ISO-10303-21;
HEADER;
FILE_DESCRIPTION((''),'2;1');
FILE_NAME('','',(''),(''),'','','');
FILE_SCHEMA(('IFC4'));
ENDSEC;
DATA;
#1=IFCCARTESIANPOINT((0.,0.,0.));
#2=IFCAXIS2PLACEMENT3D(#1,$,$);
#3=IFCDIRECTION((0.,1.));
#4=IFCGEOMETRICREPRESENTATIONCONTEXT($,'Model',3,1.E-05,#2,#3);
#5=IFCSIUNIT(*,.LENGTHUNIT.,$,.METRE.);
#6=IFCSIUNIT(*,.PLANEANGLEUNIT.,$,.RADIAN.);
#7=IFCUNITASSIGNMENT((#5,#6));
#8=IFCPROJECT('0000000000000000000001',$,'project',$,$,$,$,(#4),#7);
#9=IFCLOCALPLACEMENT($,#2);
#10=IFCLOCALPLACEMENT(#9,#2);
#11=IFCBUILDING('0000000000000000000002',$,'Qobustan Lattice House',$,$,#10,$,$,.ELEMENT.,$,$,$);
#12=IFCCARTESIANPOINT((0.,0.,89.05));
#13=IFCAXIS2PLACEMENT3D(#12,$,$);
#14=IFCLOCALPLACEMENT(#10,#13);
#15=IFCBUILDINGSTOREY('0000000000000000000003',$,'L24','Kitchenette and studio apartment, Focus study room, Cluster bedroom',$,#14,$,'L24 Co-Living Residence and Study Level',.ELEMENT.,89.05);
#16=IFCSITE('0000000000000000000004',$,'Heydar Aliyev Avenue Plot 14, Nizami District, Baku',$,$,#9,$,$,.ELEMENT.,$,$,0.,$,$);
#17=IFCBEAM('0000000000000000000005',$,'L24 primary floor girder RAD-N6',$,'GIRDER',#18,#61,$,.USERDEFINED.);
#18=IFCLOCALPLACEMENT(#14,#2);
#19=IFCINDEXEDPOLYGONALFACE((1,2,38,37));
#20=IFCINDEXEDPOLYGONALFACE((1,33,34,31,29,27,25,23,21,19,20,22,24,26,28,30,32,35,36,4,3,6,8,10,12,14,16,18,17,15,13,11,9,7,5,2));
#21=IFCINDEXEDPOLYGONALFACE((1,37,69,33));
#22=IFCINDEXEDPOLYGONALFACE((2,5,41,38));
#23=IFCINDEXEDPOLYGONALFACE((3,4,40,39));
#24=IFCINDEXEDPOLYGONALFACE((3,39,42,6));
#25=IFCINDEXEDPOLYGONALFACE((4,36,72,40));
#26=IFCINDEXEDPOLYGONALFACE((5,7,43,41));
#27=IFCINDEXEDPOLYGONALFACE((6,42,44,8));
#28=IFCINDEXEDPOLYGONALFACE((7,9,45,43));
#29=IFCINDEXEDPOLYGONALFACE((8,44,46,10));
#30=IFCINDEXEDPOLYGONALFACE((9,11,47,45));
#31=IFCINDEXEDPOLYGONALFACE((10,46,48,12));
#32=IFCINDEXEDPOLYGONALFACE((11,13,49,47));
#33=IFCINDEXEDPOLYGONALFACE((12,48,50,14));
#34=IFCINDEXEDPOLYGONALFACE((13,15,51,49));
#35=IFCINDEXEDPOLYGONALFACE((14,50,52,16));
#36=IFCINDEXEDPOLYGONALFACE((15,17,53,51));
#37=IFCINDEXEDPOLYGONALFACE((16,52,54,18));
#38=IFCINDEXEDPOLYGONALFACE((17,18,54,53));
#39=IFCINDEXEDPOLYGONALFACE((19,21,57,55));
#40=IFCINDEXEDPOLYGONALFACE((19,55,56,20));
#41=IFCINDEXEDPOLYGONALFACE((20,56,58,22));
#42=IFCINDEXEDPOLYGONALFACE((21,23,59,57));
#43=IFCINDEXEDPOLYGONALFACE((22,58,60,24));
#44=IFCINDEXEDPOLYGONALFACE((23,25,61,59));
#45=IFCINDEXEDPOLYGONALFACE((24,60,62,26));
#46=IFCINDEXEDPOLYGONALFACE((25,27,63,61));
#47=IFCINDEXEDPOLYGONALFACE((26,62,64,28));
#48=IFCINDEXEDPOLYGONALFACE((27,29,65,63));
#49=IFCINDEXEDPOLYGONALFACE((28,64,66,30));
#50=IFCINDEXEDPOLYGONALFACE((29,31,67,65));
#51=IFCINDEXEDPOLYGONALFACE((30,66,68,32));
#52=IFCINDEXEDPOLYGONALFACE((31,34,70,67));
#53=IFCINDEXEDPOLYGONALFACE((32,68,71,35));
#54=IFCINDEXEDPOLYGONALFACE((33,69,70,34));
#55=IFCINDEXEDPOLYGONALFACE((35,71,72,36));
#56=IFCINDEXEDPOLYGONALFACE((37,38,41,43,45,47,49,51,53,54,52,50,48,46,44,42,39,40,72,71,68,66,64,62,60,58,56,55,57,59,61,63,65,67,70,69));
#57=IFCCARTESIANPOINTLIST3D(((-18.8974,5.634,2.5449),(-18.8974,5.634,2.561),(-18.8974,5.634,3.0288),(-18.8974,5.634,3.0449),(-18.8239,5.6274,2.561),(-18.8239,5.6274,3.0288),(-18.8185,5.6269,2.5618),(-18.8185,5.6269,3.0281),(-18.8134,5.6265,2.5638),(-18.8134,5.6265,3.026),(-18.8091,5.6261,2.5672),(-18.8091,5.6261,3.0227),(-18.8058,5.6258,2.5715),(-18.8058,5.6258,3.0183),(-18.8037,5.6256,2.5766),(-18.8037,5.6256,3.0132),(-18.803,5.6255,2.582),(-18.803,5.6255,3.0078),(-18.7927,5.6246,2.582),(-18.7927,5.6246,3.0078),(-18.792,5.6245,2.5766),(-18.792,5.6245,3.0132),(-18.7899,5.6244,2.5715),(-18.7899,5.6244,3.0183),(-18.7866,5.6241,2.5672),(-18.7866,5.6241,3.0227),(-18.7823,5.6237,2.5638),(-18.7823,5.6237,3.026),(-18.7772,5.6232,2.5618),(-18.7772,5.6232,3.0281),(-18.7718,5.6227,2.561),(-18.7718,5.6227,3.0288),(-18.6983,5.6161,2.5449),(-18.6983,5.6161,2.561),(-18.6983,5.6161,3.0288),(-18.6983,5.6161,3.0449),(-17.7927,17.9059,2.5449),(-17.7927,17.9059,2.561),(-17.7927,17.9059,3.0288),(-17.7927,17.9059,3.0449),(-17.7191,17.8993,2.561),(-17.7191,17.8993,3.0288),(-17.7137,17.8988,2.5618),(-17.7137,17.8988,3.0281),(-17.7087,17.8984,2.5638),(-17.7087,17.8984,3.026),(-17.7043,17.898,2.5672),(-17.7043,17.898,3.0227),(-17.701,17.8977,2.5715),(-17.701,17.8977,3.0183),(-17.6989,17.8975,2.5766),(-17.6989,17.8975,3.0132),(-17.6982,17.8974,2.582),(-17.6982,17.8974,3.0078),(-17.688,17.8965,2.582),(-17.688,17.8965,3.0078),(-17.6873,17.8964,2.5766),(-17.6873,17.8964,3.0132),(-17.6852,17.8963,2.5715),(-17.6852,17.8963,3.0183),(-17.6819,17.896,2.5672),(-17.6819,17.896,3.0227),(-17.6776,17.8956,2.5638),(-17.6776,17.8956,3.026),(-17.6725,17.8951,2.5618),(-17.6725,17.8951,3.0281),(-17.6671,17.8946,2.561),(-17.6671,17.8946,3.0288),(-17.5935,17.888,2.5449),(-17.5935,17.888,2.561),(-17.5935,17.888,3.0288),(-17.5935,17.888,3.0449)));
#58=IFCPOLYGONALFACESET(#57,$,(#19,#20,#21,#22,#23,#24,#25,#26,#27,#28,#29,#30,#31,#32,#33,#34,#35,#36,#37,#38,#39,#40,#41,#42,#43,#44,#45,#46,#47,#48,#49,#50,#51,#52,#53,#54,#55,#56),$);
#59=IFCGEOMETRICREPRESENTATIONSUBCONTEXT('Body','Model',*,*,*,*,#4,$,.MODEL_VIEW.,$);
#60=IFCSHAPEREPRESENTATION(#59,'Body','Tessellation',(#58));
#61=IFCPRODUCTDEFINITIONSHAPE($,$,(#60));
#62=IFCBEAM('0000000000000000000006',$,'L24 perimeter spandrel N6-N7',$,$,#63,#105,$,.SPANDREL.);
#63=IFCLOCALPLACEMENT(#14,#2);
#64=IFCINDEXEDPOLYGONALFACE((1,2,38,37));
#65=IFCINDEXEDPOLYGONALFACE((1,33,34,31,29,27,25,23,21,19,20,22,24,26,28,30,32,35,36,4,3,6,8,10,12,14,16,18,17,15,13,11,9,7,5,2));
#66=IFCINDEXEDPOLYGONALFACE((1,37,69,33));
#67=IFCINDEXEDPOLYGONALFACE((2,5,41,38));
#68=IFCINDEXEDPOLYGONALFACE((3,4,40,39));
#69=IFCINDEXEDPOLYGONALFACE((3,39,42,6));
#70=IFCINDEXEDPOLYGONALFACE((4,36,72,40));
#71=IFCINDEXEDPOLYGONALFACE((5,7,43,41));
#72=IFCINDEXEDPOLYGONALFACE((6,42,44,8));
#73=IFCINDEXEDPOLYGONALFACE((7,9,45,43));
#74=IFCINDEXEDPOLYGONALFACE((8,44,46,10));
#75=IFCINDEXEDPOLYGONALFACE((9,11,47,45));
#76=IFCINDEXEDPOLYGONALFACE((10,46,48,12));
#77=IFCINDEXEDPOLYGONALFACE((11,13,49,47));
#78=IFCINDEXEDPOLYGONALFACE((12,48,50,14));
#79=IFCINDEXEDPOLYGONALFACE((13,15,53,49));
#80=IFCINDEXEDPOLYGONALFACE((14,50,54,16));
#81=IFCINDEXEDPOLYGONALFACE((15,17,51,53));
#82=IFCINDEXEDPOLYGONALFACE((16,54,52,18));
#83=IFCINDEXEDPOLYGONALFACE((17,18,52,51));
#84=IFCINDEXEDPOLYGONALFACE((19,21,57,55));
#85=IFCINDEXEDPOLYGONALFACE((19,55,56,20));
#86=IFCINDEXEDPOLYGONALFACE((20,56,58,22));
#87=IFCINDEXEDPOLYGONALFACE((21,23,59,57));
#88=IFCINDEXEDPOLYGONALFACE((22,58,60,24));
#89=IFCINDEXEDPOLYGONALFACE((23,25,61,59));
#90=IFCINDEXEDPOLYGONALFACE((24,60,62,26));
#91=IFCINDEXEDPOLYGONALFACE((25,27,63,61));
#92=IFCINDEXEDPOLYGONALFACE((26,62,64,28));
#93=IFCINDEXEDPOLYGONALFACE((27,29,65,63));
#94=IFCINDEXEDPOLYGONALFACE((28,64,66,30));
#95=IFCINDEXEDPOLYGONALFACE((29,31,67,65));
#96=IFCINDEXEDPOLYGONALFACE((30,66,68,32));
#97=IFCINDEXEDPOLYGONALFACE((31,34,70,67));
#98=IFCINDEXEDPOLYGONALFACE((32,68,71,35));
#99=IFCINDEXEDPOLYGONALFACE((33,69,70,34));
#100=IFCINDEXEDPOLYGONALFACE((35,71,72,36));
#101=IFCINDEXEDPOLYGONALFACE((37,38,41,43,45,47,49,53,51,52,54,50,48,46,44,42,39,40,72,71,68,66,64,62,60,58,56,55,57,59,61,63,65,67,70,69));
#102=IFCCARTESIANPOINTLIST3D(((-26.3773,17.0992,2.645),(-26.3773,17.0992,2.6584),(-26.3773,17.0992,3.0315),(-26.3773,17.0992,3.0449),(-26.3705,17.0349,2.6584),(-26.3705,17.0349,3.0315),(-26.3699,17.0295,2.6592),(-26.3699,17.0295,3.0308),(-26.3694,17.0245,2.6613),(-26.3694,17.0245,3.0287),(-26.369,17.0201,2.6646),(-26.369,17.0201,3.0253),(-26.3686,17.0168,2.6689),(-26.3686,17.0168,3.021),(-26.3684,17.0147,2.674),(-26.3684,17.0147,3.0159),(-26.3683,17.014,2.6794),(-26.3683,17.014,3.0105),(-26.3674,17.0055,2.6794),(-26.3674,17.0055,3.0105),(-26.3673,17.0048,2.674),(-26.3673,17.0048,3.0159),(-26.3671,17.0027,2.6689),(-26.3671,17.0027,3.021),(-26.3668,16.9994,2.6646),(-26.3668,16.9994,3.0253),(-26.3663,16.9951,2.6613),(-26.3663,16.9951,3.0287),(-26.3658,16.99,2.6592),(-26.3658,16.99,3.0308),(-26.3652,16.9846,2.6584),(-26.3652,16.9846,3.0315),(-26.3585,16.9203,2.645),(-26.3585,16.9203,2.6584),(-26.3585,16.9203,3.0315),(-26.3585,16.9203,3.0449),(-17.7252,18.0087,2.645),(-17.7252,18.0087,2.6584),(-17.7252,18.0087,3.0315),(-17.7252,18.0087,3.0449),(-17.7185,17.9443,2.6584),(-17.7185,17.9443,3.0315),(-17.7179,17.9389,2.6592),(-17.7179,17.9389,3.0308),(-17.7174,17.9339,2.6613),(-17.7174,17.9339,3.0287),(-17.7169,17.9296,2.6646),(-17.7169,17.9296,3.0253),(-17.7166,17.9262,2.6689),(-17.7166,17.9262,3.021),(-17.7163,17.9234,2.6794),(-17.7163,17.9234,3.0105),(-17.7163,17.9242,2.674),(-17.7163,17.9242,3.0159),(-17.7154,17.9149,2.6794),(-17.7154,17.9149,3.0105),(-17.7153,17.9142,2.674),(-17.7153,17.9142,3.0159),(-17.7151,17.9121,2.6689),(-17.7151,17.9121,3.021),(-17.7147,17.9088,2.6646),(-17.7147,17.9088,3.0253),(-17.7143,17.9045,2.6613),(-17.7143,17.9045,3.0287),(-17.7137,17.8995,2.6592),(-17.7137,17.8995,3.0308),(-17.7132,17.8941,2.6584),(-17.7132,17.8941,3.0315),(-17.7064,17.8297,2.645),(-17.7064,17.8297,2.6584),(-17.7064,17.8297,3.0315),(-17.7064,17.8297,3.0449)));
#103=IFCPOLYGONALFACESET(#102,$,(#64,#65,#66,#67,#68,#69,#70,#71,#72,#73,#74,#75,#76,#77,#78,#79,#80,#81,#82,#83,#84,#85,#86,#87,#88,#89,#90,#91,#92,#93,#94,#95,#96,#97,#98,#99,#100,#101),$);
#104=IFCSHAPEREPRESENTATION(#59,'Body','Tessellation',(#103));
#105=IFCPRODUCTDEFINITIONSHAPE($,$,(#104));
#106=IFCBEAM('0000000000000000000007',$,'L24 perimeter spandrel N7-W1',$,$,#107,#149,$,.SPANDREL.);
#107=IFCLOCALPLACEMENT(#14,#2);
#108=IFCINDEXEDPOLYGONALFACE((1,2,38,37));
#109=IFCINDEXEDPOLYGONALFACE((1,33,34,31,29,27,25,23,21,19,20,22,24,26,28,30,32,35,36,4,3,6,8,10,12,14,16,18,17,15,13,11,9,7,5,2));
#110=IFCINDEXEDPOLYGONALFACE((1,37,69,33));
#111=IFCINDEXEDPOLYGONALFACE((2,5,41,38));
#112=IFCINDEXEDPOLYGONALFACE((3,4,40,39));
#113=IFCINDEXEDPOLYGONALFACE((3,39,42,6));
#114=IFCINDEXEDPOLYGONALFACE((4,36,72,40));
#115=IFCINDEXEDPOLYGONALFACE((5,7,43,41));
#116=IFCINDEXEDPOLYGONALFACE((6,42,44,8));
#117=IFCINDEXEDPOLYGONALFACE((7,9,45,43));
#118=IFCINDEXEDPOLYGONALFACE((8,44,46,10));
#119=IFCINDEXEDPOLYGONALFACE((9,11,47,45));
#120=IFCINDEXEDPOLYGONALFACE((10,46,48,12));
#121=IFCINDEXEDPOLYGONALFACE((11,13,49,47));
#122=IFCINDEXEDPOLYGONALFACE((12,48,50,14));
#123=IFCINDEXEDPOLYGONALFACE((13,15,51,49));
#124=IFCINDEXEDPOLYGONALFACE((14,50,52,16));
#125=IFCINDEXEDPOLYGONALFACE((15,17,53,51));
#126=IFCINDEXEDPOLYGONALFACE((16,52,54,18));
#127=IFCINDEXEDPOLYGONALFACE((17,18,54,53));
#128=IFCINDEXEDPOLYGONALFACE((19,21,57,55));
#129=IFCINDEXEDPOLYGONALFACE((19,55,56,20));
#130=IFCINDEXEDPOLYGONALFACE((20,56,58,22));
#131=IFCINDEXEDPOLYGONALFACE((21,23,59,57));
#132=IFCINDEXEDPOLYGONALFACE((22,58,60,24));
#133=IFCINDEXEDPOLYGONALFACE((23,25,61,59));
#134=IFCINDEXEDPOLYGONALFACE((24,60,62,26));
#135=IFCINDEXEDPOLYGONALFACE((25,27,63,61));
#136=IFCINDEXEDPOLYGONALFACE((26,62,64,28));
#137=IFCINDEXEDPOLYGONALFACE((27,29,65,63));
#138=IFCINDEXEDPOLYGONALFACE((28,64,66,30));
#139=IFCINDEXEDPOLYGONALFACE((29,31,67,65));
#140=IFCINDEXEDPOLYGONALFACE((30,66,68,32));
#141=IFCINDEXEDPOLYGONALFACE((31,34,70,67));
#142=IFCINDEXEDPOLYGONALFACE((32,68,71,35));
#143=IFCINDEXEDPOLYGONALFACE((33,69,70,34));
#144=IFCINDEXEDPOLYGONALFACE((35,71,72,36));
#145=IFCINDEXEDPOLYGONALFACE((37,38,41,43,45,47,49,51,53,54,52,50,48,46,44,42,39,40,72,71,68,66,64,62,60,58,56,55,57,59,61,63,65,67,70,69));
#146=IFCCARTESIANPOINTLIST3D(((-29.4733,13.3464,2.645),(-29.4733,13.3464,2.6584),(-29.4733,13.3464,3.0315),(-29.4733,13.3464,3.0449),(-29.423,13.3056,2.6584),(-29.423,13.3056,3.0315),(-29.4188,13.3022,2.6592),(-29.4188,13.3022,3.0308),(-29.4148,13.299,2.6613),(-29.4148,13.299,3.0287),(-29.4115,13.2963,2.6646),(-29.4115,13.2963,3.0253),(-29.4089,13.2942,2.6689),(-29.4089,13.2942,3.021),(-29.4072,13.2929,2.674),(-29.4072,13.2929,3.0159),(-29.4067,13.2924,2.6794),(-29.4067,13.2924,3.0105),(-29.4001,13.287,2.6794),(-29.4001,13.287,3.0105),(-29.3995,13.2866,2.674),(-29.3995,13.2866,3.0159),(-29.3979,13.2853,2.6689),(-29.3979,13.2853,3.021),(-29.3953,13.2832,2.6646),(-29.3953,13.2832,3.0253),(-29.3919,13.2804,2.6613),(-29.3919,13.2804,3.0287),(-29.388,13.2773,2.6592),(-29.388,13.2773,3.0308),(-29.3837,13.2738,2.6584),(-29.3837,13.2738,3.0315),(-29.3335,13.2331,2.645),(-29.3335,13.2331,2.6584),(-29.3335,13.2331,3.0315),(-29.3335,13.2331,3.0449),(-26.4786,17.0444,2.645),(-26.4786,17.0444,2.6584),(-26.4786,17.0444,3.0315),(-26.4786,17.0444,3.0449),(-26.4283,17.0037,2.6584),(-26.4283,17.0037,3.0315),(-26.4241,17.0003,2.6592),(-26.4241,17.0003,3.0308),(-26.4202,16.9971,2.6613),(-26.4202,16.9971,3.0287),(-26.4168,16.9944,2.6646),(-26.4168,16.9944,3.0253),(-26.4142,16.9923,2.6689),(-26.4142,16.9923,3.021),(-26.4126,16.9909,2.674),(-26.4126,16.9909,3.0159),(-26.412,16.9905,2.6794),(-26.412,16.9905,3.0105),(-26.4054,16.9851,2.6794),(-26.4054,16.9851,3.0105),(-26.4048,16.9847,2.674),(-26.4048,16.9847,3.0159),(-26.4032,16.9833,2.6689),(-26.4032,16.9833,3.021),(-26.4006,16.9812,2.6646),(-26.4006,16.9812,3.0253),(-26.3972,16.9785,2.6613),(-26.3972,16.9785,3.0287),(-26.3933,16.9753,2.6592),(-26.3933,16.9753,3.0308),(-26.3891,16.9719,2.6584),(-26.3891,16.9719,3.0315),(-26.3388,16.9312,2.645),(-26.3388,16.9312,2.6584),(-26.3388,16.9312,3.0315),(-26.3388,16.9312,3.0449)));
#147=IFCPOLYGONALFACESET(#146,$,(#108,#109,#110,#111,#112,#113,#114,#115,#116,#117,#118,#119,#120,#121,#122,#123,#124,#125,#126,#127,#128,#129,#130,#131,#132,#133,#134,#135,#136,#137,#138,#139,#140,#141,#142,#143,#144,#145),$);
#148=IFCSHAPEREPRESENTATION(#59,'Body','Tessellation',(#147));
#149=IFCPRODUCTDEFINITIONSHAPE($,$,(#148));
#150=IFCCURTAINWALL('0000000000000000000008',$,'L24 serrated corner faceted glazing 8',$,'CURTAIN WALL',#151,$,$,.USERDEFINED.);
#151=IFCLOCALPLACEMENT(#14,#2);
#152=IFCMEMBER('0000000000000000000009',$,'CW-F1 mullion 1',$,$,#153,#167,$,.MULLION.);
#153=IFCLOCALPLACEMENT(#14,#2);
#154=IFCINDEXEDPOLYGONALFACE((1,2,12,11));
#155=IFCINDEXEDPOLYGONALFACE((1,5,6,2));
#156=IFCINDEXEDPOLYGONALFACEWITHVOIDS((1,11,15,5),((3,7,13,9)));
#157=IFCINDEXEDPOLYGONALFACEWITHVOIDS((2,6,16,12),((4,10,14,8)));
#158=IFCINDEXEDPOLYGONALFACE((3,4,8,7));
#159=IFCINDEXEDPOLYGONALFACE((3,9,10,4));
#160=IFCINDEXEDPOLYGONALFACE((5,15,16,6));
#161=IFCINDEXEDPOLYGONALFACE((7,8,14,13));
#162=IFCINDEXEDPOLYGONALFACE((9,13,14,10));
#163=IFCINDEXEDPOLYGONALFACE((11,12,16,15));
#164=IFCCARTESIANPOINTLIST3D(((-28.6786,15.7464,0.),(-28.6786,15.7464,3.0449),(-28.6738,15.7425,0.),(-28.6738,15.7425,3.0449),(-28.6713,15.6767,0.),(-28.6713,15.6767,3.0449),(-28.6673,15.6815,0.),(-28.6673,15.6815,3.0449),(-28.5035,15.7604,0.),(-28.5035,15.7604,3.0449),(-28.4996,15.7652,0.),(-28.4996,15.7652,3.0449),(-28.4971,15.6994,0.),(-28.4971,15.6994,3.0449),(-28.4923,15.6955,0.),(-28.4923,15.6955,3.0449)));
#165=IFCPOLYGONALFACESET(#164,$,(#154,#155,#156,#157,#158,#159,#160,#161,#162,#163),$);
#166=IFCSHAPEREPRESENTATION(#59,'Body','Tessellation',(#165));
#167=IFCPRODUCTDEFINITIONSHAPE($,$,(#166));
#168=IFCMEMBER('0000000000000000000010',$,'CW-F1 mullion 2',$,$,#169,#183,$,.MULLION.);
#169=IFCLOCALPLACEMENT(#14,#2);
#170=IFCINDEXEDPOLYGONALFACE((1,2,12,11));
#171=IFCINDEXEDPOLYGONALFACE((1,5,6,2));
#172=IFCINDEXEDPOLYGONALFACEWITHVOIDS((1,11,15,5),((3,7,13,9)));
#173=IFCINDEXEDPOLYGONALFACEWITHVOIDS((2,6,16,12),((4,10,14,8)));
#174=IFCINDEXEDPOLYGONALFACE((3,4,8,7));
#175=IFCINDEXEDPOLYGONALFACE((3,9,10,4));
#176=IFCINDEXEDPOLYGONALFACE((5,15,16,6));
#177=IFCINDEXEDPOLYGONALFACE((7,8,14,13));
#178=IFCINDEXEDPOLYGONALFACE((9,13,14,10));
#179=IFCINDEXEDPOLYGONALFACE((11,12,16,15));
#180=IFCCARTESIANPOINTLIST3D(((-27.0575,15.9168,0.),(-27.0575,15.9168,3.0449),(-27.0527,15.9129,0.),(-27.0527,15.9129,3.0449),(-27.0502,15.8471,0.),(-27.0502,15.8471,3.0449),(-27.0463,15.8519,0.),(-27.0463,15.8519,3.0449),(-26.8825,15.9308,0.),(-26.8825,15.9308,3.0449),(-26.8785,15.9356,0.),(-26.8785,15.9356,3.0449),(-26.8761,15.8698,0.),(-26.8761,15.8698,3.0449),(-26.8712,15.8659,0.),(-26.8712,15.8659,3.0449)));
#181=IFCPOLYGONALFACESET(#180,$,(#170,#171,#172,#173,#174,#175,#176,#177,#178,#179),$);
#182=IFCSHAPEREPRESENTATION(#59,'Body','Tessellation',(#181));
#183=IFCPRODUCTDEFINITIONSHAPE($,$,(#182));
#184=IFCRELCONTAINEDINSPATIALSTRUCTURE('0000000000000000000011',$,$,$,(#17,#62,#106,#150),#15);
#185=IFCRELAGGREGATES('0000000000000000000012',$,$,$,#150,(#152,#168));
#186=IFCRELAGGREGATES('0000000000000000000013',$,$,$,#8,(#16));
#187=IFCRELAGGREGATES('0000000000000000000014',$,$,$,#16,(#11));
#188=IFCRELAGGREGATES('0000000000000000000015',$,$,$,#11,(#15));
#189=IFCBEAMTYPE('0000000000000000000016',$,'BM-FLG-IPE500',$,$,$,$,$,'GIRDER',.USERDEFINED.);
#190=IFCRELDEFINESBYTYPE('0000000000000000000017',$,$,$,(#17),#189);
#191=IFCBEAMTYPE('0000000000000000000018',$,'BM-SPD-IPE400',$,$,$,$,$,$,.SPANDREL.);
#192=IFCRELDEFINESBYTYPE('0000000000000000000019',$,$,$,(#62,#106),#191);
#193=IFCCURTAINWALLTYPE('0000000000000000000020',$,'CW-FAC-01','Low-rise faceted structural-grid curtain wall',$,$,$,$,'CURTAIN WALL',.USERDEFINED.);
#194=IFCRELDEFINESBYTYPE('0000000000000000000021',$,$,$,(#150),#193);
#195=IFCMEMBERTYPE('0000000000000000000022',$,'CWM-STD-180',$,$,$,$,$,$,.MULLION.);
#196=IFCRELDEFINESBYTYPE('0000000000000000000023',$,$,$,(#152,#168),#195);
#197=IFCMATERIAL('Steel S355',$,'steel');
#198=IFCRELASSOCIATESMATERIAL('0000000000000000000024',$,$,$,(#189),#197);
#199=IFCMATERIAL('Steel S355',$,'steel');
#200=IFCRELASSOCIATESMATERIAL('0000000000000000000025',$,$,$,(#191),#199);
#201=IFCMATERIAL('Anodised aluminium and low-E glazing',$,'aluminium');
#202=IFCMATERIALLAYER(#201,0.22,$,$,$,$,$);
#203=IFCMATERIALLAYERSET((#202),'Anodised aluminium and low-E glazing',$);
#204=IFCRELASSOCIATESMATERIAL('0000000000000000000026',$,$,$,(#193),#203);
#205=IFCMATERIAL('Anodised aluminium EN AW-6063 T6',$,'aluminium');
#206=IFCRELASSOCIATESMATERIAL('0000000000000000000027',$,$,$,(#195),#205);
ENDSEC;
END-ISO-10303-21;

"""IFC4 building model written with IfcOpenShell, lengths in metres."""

from ifc_helpers import new_model, si_unit, direction, frame, origin, origin_2d, place, context, subcontext, project, spatial, hollow_rectangle, i_section, extrude, material, layer, layer_set, material_profile, profile_set, type_object, element, aggregate, save


model = new_model("IFC4")

# Units and contexts
model_context = context("Model", 3, precision=1e-05, world=origin(), true_north=direction((0.0, 1.0)))
body_context = subcontext(model_context, "Body", "Model", "MODEL_VIEW")
ifc_project = project(units=[si_unit("LENGTHUNIT", "METRE"), si_unit("PLANEANGLEUNIT", "RADIAN")], contexts=[model_context])

# Site, building, storey
site_placement = place(None, origin())
site = spatial("IfcSite", under=ifc_project, at=site_placement, Name="Heydar Aliyev Avenue Plot 14, Nizami District, Baku", CompositionType="ELEMENT", RefElevation=0.0)
building_placement = place(site_placement, origin())
building = spatial("IfcBuilding", under=site, at=building_placement, Name="Qobustan Lattice House", CompositionType="ELEMENT")
storey_placement = place(building_placement, frame((0.0, 0.0, 89.05)))
storey = spatial("IfcBuildingStorey", under=building, at=storey_placement, Name="L24", Description="Kitchenette and studio apartment, Focus study room, Cluster bedroom", LongName="L24 Co-Living Residence and Study Level", CompositionType="ELEMENT", Elevation=89.05)

# Beams
ifc_material_1 = material(Name="Steel S355", Category="steel")
ifc_material_profile_1 = material_profile(ifc_material_1, i_section(OverallWidth=0.2, OverallDepth=0.5, WebThickness=0.0103, FlangeThickness=0.0161, FilletRadius=0.021, at=origin_2d()), Name="IPE500")
ifc_profile_set_1 = profile_set([ifc_material_profile_1], Name="Steel S355")
beam_type_1 = type_object("IfcBeamType", Name="BM-FLG-IPE500", ElementType="GIRDER", PredefinedType="USERDEFINED", material=ifc_profile_set_1)
beam_1_placement = place(storey_placement, frame((-17.6931, 17.897, 2.7949), z_axis=(-0.089659, -0.995973, 0.0), x_axis=(0.995973, -0.089659, 0.0)))
element("IfcBeam", 1, at=beam_1_placement, inside=storey, type_object=beam_type_1, Name="L24 primary floor girder RAD-N6", ObjectType="GIRDER", PredefinedType="USERDEFINED", context=body_context, shape_type="SweptSolid", body=[
    extrude(i_section(OverallWidth=0.2, OverallDepth=0.5, WebThickness=0.0103, FlangeThickness=0.0161, FilletRadius=0.021, at=origin_2d()), origin(), (0.0, 0.0, 1.0), 12.3215),
])
ifc_material_2 = material(Name="Steel S355", Category="steel")
ifc_material_profile_2 = material_profile(ifc_material_2, i_section(OverallWidth=0.1799, OverallDepth=0.3999, WebThickness=0.0085, FlangeThickness=0.0134, FilletRadius=0.021, at=origin_2d()), Name="IPE400")
ifc_profile_set_2 = profile_set([ifc_material_profile_2], Name="Steel S355")
beam_type_2 = type_object("IfcBeamType", Name="BM-SPD-IPE400", PredefinedType="SPANDREL", material=ifc_profile_set_2)
beam_2_placement = place(storey_placement, frame((-17.7158, 17.9192, 2.845), z_axis=(-0.994521, -0.104534, 0.0), x_axis=(0.104534, -0.994521, 0.0)))
element("IfcBeam", 2, at=beam_2_placement, inside=storey, type_object=beam_type_2, Name="L24 perimeter spandrel N6-N7", PredefinedType="SPANDREL", context=body_context, shape_type="SweptSolid", body=[
    extrude(i_section(OverallWidth=0.1799, OverallDepth=0.3999, WebThickness=0.0085, FlangeThickness=0.0134, FilletRadius=0.021, at=origin_2d()), origin(), (0.0, 0.0, 1.0), 8.6997),
])
beam_3_placement = place(storey_placement, frame((-26.4087, 16.9878, 2.845), z_axis=(-0.629327, -0.777141, 0.0), x_axis=(0.777141, -0.629327, 0.0)))
element("IfcBeam", 3, at=beam_3_placement, inside=storey, type_object=beam_type_2, Name="L24 perimeter spandrel N7-W1", PredefinedType="SPANDREL", context=body_context, shape_type="SweptSolid", body=[
    extrude(i_section(OverallWidth=0.1799, OverallDepth=0.3999, WebThickness=0.0085, FlangeThickness=0.0134, FilletRadius=0.021, at=origin_2d()), origin(), (0.0, 0.0, 1.0), 4.7585),
])

# Curtain wall, members
ifc_material_3 = material(Name="Anodised aluminium and low-E glazing", Category="aluminium")
ifc_layer_1 = layer(ifc_material_3, 0.22)
ifc_layer_set_1 = layer_set([ifc_layer_1], Name="Anodised aluminium and low-E glazing")
curtain_wall_type = type_object("IfcCurtainWallType", Name="CW-FAC-01", Description="Low-rise faceted structural-grid curtain wall", ElementType="CURTAIN WALL", PredefinedType="USERDEFINED", material=ifc_layer_set_1)
curtain_wall_placement = place(storey_placement, origin())
curtain_wall = element("IfcCurtainWall", 4, at=curtain_wall_placement, inside=storey, type_object=curtain_wall_type, Name="L24 serrated corner faceted glazing 8", ObjectType="CURTAIN WALL", PredefinedType="USERDEFINED")
ifc_material_4 = material(Name="Anodised aluminium EN AW-6063 T6", Category="aluminium")
ifc_material_profile_3 = material_profile(ifc_material_4, hollow_rectangle(XDim=0.0701, YDim=0.1799, WallThickness=0.0044, at=origin_2d()), Name="CWM-180x70")
ifc_profile_set_3 = profile_set([ifc_material_profile_3], Name="Anodised aluminium EN AW-6063 T6")
member_type_1 = type_object("IfcMemberType", Name="CWM-STD-180", PredefinedType="MULLION", material=ifc_profile_set_3)
member_1_placement = place(storey_placement, frame((-28.5854, 15.7209, 0.0), z_axis=(0.0, 0.0, 1.0), x_axis=(-0.104529, 0.994522, 0.0)))
member_1 = element("IfcMember", 5, at=member_1_placement, type_object=member_type_1, Name="CW-F1 mullion 1", PredefinedType="MULLION", context=body_context, shape_type="SweptSolid", body=[
    extrude(hollow_rectangle(XDim=0.0701, YDim=0.1799, WallThickness=0.0044, at=origin_2d()), origin(), (0.0, 0.0, 1.0), 3.0449),
])
member_2_placement = place(storey_placement, frame((-26.9644, 15.8914, 0.0), z_axis=(0.0, 0.0, 1.0), x_axis=(-0.104529, 0.994522, 0.0)))
member_2 = element("IfcMember", 6, at=member_2_placement, type_object=member_type_1, Name="CW-F1 mullion 2", PredefinedType="MULLION", context=body_context, shape_type="SweptSolid", body=[
    extrude(hollow_rectangle(XDim=0.0701, YDim=0.1799, WallThickness=0.0044, at=origin_2d()), origin(), (0.0, 0.0, 1.0), 3.0449),
])
aggregate(curtain_wall, [member_1, member_2])

save(model, "model.ifc")
